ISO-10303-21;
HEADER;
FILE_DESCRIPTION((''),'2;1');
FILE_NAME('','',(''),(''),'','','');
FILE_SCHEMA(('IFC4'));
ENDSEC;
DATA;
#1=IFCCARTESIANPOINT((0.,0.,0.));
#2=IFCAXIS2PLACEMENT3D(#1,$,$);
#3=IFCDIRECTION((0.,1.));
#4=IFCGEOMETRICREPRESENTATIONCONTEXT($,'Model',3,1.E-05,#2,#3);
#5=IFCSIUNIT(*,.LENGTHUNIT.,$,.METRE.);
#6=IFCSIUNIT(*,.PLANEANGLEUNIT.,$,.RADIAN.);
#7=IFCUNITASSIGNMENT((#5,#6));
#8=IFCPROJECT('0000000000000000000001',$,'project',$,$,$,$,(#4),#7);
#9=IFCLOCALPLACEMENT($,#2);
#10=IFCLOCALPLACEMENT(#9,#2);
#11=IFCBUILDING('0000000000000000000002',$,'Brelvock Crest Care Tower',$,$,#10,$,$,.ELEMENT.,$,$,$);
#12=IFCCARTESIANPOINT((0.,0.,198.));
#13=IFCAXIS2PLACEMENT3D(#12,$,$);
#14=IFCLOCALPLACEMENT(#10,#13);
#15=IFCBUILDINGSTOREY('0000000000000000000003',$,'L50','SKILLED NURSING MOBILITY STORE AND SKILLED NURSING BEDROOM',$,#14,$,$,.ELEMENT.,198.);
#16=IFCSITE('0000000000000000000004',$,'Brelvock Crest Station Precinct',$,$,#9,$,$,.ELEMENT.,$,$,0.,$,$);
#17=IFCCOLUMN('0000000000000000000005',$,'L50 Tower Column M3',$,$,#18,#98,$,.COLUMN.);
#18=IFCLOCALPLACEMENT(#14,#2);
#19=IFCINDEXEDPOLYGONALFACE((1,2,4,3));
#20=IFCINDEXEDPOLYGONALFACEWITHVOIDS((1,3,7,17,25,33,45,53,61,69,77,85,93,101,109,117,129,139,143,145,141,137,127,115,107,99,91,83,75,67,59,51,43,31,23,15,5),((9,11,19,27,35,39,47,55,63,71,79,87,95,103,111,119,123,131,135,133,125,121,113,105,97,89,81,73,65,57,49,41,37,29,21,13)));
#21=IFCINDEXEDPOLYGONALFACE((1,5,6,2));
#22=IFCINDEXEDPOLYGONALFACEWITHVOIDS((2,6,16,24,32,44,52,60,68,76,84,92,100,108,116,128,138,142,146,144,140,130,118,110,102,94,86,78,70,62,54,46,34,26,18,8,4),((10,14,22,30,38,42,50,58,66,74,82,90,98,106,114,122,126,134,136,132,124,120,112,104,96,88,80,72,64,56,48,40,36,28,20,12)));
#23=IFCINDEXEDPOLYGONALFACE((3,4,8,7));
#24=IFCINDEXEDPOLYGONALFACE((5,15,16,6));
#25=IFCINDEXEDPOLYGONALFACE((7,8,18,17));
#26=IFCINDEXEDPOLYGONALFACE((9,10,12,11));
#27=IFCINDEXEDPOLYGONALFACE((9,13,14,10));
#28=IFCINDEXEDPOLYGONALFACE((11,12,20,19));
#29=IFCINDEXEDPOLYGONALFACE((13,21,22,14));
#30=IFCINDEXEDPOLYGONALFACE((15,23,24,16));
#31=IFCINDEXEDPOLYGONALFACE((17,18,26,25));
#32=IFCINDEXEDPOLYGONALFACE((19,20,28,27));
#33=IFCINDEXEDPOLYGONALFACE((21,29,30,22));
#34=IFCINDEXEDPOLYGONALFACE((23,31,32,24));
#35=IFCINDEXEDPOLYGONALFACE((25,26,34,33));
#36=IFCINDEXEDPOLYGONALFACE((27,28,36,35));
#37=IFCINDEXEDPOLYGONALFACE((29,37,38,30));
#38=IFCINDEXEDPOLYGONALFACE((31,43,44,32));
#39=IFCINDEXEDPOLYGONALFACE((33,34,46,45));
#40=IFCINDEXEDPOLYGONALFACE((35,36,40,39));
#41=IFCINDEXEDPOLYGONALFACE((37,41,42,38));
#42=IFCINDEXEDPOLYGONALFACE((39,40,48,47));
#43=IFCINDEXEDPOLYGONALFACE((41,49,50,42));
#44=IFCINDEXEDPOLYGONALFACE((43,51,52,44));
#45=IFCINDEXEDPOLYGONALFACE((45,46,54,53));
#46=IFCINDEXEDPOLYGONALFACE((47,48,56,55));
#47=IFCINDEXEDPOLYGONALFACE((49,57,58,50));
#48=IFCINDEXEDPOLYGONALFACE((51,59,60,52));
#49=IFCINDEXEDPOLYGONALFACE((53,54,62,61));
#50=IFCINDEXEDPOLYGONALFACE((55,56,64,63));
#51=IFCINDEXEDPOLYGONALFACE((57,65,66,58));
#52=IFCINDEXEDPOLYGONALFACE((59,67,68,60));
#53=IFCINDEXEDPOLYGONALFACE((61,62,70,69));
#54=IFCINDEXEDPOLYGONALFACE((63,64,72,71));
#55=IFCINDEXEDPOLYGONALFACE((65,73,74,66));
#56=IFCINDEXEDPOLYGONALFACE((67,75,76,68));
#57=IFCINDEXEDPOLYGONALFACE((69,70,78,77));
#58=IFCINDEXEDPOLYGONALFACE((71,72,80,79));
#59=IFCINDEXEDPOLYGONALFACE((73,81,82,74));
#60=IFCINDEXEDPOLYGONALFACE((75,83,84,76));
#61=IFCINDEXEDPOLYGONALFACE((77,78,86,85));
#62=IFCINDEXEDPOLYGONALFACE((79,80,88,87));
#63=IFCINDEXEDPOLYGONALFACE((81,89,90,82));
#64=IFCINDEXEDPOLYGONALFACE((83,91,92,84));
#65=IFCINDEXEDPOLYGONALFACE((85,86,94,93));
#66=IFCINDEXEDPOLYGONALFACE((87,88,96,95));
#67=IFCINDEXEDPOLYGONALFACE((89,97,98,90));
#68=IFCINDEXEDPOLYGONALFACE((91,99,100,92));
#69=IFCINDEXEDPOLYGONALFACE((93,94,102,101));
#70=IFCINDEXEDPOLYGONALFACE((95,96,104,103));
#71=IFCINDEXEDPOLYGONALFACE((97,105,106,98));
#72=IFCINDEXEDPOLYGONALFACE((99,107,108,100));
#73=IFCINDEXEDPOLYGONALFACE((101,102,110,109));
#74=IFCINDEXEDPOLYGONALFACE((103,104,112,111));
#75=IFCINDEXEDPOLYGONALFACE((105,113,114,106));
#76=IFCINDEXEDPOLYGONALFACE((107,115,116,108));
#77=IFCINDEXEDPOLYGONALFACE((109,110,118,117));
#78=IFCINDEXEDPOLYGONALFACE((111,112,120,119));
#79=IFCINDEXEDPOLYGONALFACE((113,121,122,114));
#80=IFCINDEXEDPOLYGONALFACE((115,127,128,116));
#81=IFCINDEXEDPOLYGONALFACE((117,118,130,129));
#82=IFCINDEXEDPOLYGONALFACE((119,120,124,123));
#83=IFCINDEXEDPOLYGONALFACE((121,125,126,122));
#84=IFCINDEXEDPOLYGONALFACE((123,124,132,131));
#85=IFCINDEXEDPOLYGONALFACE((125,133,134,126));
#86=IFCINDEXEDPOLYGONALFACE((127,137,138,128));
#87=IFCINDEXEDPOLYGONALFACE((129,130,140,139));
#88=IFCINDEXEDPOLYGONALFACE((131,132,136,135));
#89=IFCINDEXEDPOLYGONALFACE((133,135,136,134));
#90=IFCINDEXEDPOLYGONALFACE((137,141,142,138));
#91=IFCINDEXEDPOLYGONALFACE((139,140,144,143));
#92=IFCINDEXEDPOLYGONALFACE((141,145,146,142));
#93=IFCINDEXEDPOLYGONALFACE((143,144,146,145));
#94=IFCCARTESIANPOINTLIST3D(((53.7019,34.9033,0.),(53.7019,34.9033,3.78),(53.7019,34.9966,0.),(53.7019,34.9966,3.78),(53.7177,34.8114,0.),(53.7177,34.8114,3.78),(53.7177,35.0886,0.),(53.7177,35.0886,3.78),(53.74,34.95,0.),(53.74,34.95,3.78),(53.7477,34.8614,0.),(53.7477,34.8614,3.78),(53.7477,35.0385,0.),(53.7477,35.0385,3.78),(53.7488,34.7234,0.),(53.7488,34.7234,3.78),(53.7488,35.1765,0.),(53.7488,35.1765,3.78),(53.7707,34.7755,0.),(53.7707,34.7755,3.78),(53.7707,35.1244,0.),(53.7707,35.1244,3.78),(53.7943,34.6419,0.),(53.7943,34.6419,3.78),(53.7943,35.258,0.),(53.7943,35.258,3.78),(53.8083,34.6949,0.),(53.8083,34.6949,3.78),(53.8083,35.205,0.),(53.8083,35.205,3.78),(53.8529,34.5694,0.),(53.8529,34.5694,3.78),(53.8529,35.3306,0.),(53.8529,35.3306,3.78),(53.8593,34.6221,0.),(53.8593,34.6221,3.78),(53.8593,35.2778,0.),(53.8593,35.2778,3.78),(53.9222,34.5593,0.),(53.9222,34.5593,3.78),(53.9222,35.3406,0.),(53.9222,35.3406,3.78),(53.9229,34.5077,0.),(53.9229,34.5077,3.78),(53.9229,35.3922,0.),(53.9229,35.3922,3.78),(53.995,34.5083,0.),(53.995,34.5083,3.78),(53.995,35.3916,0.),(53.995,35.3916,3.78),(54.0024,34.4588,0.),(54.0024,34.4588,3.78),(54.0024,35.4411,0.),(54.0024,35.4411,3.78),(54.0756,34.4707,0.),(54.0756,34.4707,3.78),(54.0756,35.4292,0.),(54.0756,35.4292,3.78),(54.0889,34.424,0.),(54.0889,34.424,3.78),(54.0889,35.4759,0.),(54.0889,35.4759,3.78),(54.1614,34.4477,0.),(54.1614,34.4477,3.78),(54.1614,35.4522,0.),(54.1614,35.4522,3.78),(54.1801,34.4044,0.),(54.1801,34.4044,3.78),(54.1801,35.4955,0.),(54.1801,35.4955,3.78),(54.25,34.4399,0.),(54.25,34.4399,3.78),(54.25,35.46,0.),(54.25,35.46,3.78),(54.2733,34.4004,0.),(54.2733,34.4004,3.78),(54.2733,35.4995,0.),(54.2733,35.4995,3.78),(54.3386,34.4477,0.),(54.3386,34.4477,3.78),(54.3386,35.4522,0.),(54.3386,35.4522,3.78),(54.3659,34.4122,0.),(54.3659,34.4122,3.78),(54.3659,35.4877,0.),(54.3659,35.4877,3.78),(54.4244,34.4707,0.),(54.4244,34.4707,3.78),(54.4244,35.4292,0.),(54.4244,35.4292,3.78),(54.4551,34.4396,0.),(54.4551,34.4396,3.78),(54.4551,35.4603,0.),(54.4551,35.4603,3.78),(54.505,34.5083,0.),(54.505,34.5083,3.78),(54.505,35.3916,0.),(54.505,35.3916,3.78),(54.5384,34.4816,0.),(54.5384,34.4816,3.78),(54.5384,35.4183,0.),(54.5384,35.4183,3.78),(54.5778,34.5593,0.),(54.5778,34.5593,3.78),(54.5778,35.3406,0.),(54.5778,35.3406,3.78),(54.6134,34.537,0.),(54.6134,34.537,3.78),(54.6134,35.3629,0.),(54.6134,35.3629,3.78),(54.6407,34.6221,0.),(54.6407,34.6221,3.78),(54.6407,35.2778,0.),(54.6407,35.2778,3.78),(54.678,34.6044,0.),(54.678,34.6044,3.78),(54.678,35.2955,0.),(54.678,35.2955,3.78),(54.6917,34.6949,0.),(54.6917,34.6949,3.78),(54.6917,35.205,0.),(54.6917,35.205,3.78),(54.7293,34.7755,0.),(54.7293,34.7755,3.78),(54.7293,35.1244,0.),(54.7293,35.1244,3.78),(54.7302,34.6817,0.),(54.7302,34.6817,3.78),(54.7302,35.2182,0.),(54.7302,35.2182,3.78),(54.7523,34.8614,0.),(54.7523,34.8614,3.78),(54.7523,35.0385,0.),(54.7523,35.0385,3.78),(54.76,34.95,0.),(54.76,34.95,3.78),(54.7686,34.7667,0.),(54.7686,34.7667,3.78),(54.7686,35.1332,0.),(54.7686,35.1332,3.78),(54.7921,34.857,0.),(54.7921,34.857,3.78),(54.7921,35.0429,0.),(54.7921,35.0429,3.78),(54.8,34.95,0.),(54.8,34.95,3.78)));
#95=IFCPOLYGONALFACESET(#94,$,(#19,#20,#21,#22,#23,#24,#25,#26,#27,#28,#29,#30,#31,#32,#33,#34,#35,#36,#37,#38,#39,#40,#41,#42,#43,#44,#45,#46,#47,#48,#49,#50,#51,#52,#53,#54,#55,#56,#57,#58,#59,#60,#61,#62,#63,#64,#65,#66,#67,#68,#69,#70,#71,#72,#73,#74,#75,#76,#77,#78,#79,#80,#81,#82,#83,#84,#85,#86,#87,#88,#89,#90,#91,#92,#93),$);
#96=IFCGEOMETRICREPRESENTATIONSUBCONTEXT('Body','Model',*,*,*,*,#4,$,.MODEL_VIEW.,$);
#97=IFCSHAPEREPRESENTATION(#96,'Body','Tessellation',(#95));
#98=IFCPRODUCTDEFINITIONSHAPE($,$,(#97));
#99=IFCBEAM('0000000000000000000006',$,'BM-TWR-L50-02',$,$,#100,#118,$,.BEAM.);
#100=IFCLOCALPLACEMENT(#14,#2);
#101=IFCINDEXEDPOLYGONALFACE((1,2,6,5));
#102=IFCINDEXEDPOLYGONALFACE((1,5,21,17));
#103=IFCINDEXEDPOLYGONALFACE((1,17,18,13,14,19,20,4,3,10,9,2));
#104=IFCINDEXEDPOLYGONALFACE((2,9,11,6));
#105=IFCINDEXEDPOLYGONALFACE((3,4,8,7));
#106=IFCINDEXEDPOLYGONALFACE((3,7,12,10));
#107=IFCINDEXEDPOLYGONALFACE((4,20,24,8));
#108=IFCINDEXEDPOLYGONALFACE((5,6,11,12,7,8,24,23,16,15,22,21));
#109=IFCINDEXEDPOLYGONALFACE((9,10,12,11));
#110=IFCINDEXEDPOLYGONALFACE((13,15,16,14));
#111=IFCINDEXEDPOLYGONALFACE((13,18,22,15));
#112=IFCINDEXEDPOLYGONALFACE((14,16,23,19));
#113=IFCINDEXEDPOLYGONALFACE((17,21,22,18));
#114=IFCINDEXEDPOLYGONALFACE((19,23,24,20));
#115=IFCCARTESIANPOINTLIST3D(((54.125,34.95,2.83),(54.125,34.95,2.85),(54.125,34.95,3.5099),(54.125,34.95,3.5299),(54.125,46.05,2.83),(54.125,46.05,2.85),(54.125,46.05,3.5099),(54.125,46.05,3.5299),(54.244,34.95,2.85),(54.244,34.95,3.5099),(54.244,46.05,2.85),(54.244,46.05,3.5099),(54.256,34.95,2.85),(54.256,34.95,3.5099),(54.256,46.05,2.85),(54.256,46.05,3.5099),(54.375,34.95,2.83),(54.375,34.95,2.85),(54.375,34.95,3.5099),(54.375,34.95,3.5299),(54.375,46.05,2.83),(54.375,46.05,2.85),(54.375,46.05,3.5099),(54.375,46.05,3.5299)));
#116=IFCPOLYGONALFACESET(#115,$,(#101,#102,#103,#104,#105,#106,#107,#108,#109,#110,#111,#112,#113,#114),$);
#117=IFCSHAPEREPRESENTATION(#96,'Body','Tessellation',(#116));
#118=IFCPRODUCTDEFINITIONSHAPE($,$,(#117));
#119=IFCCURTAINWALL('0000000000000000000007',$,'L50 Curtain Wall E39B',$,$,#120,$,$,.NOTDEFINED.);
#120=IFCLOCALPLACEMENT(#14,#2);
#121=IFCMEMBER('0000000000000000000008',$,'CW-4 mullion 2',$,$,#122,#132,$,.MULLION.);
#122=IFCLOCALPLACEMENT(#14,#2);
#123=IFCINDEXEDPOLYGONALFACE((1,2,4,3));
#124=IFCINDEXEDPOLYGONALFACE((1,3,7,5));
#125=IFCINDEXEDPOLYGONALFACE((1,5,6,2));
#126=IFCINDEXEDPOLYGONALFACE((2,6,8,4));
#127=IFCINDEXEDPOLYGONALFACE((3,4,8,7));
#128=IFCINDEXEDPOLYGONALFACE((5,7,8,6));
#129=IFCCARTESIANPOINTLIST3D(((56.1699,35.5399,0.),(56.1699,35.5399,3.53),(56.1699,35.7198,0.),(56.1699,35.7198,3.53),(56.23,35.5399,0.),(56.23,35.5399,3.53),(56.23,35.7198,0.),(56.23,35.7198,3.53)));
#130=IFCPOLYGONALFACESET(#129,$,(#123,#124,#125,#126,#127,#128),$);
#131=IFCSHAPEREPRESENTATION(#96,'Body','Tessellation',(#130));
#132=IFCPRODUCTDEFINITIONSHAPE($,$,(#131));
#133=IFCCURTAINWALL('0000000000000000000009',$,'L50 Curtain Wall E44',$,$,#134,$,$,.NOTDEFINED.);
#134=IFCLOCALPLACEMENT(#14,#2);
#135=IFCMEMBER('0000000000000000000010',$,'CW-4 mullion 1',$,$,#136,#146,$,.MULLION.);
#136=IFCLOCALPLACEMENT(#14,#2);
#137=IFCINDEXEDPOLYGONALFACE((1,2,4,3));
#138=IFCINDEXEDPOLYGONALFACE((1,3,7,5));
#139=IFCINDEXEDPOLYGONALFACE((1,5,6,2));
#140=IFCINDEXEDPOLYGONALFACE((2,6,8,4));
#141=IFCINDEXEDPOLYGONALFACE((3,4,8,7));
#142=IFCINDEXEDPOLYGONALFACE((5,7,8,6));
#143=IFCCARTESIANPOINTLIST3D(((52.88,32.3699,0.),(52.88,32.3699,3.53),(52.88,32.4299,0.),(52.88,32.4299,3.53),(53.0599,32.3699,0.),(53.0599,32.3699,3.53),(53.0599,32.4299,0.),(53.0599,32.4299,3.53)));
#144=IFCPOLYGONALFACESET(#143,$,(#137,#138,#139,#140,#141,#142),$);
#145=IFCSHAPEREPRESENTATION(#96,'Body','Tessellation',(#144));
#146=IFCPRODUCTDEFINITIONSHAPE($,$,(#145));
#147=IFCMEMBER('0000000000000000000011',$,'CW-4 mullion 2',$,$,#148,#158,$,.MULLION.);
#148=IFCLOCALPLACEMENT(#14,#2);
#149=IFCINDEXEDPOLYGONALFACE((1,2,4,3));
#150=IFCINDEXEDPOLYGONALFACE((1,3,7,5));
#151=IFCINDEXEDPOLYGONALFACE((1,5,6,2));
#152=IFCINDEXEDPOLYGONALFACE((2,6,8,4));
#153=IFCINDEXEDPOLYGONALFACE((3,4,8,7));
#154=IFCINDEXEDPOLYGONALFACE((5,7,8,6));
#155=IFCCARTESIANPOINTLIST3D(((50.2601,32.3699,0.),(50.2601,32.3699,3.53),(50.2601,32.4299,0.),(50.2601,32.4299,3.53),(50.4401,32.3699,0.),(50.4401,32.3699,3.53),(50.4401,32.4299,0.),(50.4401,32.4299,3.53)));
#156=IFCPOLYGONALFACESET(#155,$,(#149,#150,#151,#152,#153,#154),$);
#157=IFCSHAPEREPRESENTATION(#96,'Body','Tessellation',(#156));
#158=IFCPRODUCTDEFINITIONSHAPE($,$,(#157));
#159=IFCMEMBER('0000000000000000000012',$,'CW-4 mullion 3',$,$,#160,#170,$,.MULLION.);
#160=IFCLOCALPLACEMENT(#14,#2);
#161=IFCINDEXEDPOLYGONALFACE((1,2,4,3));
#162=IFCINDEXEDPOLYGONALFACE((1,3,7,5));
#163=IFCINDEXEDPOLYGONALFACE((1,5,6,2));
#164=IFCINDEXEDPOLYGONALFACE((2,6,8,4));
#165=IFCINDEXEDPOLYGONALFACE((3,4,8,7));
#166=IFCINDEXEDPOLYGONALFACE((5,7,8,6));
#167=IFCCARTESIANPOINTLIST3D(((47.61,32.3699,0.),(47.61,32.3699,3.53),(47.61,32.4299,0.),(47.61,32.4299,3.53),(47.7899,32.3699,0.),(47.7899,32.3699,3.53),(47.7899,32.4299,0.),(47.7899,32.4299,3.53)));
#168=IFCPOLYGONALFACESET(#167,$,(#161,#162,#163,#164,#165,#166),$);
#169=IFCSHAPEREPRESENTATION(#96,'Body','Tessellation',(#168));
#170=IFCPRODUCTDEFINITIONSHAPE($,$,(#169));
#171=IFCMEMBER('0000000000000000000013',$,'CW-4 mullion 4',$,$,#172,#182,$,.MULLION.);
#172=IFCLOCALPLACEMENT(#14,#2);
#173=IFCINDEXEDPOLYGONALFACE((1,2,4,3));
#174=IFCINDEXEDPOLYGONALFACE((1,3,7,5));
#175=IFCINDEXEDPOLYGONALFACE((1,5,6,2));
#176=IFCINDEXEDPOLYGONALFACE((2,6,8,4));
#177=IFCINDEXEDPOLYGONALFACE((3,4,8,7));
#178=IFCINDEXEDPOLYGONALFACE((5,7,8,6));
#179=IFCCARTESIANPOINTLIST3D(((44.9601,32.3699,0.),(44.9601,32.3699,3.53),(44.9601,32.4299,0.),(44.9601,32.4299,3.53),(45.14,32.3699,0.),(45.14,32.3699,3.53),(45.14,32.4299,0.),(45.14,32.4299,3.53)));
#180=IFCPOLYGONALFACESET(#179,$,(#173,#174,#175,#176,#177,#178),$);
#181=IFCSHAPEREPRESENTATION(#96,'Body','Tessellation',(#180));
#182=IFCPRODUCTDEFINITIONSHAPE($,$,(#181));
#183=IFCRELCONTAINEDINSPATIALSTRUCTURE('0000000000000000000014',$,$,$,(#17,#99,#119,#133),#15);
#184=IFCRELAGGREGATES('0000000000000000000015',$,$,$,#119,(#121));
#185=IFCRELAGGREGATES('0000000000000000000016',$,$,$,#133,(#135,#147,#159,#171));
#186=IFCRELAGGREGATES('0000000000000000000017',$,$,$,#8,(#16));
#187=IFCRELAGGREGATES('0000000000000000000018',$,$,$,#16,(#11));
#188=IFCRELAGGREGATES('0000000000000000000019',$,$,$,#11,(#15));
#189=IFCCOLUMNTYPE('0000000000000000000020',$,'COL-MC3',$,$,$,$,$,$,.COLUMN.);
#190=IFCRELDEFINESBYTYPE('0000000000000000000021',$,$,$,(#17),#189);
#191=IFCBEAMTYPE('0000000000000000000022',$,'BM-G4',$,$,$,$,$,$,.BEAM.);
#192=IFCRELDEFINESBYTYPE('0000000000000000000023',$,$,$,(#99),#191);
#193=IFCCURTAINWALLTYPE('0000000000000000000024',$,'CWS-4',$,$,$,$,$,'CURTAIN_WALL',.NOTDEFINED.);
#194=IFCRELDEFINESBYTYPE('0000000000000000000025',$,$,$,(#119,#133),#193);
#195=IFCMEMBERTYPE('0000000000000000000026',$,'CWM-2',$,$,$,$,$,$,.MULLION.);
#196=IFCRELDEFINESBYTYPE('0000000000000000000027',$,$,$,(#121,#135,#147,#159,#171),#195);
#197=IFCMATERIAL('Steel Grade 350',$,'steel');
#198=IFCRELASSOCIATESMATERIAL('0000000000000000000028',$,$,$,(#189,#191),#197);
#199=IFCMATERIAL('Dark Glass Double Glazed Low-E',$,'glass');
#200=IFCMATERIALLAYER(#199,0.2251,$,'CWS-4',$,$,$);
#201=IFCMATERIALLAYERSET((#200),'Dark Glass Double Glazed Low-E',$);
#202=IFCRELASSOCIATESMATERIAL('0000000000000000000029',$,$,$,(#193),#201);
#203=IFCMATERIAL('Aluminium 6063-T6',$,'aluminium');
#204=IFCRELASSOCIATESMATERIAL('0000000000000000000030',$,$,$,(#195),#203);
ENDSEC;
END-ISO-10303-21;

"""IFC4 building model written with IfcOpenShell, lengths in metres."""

from ifc_helpers import new_model, si_unit, direction, frame, origin, origin_2d, place, context, subcontext, project, spatial, rectangle, hollow_circle, i_section, extrude, source, transform, mapped, material, layer, layer_set, material_profile, profile_set, type_object, element, aggregate, save


model = new_model("IFC4")

# Units and contexts
model_context = context("Model", 3, precision=1e-05, world=origin(), true_north=direction((0.0, 1.0)))
body_context = subcontext(model_context, "Body", "Model", "MODEL_VIEW")
ifc_project = project(units=[si_unit("LENGTHUNIT", "METRE"), si_unit("PLANEANGLEUNIT", "RADIAN")], contexts=[model_context])

# Site, building, storey
site_placement = place(None, origin())
site = spatial("IfcSite", under=ifc_project, at=site_placement, Name="Brelvock Crest Station Precinct", CompositionType="ELEMENT", RefElevation=0.0)
building_placement = place(site_placement, origin())
building = spatial("IfcBuilding", under=site, at=building_placement, Name="Brelvock Crest Care Tower", CompositionType="ELEMENT")
storey_placement = place(building_placement, frame((0.0, 0.0, 198.0)))
storey = spatial("IfcBuildingStorey", under=building, at=storey_placement, Name="L50", Description="SKILLED NURSING MOBILITY STORE AND SKILLED NURSING BEDROOM", CompositionType="ELEMENT", Elevation=198.0)

# Column
ifc_material_1 = material(Name="Steel Grade 350", Category="steel")
ifc_material_profile_1 = material_profile(ifc_material_1, hollow_circle(Radius=0.55, WallThickness=0.04, at=origin_2d()), Name="CFT1100x40")
ifc_profile_set_1 = profile_set([ifc_material_profile_1], Name="Steel Grade 350")
column_type = type_object("IfcColumnType", Name="COL-MC3", PredefinedType="COLUMN", material=ifc_profile_set_1)
shared_shape_1 = source(origin(), body_context, "Body", "SweptSolid", [
    extrude(hollow_circle(Radius=0.55, WallThickness=0.04, at=origin_2d()), origin(), (0.0, 0.0, 1.0), 3.78),
])
column_placement = place(storey_placement, frame((54.25, 34.95, 0.0), z_axis=(0.0, 0.0, 1.0), x_axis=(1.0, 0.0, 0.0)))
element("IfcColumn", 1, at=column_placement, inside=storey, type_object=column_type, Name="L50 Tower Column M3", PredefinedType="COLUMN", context=body_context, shape_type="MappedRepresentation", body=[
    mapped(shared_shape_1, transform((0.0, 0.0, 0.0), x_axis=(1.0, 0.0, 0.0), y_axis=(0.0, 1.0, 0.0), z_axis=(0.0, 0.0, 1.0), scale=1.0)),
])

# Beam
ifc_material_profile_2 = material_profile(ifc_material_1, i_section(OverallWidth=0.25, OverallDepth=0.7, WebThickness=0.012, FlangeThickness=0.02, at=origin_2d()), Name="700WB150")
ifc_profile_set_2 = profile_set([ifc_material_profile_2], Name="Steel Grade 350")
beam_type = type_object("IfcBeamType", Name="BM-G4", PredefinedType="BEAM", material=ifc_profile_set_2)
shared_shape_2 = source(origin(), body_context, "Body", "SweptSolid", [
    extrude(i_section(OverallWidth=0.25, OverallDepth=0.7, WebThickness=0.012, FlangeThickness=0.02, at=origin_2d()), origin(), (0.0, 0.0, 1.0), 11.1001),
])
beam_placement = place(storey_placement, frame((54.25, 34.95, 3.1799), z_axis=(0.0, 1.0, 0.0), x_axis=(-1.0, 0.0, 0.0)))
element("IfcBeam", 2, at=beam_placement, inside=storey, type_object=beam_type, Name="BM-TWR-L50-02", PredefinedType="BEAM", context=body_context, shape_type="MappedRepresentation", body=[
    mapped(shared_shape_2, transform((0.0, 0.0, 0.0), x_axis=(1.0, 0.0, 0.0), y_axis=(0.0, 1.0, 0.0), z_axis=(0.0, 0.0, 1.0), scale=1.0)),
])

# Curtain wall, member
ifc_material_2 = material(Name="Dark Glass Double Glazed Low-E", Category="glass")
ifc_layer_1 = layer(ifc_material_2, 0.2251, Name="CWS-4")
ifc_layer_set_1 = layer_set([ifc_layer_1], Name="Dark Glass Double Glazed Low-E")
curtain_wall_type = type_object("IfcCurtainWallType", Name="CWS-4", ElementType="CURTAIN_WALL", PredefinedType="NOTDEFINED", material=ifc_layer_set_1)
curtain_wall_1_placement = place(storey_placement, origin())
curtain_wall_1 = element("IfcCurtainWall", 3, at=curtain_wall_1_placement, inside=storey, type_object=curtain_wall_type, Name="L50 Curtain Wall E39B", PredefinedType="NOTDEFINED")
ifc_material_3 = material(Name="Aluminium 6063-T6", Category="aluminium")
ifc_material_profile_3 = material_profile(ifc_material_3, rectangle(XDim=0.0601, YDim=0.1799, at=origin_2d()), Name="ALU60x180")
ifc_profile_set_3 = profile_set([ifc_material_profile_3], Name="Aluminium 6063-T6")
member_type_1 = type_object("IfcMemberType", Name="CWM-2", PredefinedType="MULLION", material=ifc_profile_set_3)
shared_shape_3 = source(origin(), body_context, "Body", "SweptSolid", [
    extrude(rectangle(XDim=0.0601, YDim=0.1799, at=origin_2d()), origin(), (0.0, 0.0, 1.0), 3.53),
])
member_1_placement = place(storey_placement, frame((56.2, 35.6299, 0.0), z_axis=(0.0, 0.0, 1.0), x_axis=(1.0, 0.0, 0.0)))
member_1 = element("IfcMember", 4, at=member_1_placement, type_object=member_type_1, Name="CW-4 mullion 2", PredefinedType="MULLION", context=body_context, shape_type="MappedRepresentation", body=[
    mapped(shared_shape_3, transform((0.0, 0.0, 0.0), x_axis=(1.0, 0.0, 0.0), y_axis=(0.0, 1.0, 0.0), z_axis=(0.0, 0.0, 1.0), scale=1.0)),
])
aggregate(curtain_wall_1, [member_1])

# Curtain wall, members
curtain_wall_2_placement = place(storey_placement, origin())
curtain_wall_2 = element("IfcCurtainWall", 5, at=curtain_wall_2_placement, inside=storey, type_object=curtain_wall_type, Name="L50 Curtain Wall E44", PredefinedType="NOTDEFINED")
member_2_placement = place(storey_placement, frame((52.97, 32.3999, 0.0), z_axis=(0.0, 0.0, 1.0), x_axis=(0.0, -1.0, 0.0)))
member_2 = element("IfcMember", 6, at=member_2_placement, type_object=member_type_1, Name="CW-4 mullion 1", PredefinedType="MULLION", context=body_context, shape_type="MappedRepresentation", body=[
    mapped(shared_shape_3, transform((0.0, 0.0, 0.0), x_axis=(1.0, 0.0, 0.0), y_axis=(0.0, 1.0, 0.0), z_axis=(0.0, 0.0, 1.0), scale=1.0)),
])
member_3_placement = place(storey_placement, frame((50.3501, 32.3999, 0.0), z_axis=(0.0, 0.0, 1.0), x_axis=(0.0, -1.0, 0.0)))
member_3 = element("IfcMember", 7, at=member_3_placement, type_object=member_type_1, Name="CW-4 mullion 2", PredefinedType="MULLION", context=body_context, shape_type="MappedRepresentation", body=[
    mapped(shared_shape_3, transform((0.0, 0.0, 0.0), x_axis=(1.0, 0.0, 0.0), y_axis=(0.0, 1.0, 0.0), z_axis=(0.0, 0.0, 1.0), scale=1.0)),
])
member_4_placement = place(storey_placement, frame((47.7, 32.3999, 0.0), z_axis=(0.0, 0.0, 1.0), x_axis=(0.0, -1.0, 0.0)))
member_4 = element("IfcMember", 8, at=member_4_placement, type_object=member_type_1, Name="CW-4 mullion 3", PredefinedType="MULLION", context=body_context, shape_type="MappedRepresentation", body=[
    mapped(shared_shape_3, transform((0.0, 0.0, 0.0), x_axis=(1.0, 0.0, 0.0), y_axis=(0.0, 1.0, 0.0), z_axis=(0.0, 0.0, 1.0), scale=1.0)),
])
member_5_placement = place(storey_placement, frame((45.05, 32.3999, 0.0), z_axis=(0.0, 0.0, 1.0), x_axis=(0.0, -1.0, 0.0)))
member_5 = element("IfcMember", 9, at=member_5_placement, type_object=member_type_1, Name="CW-4 mullion 4", PredefinedType="MULLION", context=body_context, shape_type="MappedRepresentation", body=[
    mapped(shared_shape_3, transform((0.0, 0.0, 0.0), x_axis=(1.0, 0.0, 0.0), y_axis=(0.0, 1.0, 0.0), z_axis=(0.0, 0.0, 1.0), scale=1.0)),
])
aggregate(curtain_wall_2, [member_2, member_3, member_4, member_5])

save(model, "model.ifc")
